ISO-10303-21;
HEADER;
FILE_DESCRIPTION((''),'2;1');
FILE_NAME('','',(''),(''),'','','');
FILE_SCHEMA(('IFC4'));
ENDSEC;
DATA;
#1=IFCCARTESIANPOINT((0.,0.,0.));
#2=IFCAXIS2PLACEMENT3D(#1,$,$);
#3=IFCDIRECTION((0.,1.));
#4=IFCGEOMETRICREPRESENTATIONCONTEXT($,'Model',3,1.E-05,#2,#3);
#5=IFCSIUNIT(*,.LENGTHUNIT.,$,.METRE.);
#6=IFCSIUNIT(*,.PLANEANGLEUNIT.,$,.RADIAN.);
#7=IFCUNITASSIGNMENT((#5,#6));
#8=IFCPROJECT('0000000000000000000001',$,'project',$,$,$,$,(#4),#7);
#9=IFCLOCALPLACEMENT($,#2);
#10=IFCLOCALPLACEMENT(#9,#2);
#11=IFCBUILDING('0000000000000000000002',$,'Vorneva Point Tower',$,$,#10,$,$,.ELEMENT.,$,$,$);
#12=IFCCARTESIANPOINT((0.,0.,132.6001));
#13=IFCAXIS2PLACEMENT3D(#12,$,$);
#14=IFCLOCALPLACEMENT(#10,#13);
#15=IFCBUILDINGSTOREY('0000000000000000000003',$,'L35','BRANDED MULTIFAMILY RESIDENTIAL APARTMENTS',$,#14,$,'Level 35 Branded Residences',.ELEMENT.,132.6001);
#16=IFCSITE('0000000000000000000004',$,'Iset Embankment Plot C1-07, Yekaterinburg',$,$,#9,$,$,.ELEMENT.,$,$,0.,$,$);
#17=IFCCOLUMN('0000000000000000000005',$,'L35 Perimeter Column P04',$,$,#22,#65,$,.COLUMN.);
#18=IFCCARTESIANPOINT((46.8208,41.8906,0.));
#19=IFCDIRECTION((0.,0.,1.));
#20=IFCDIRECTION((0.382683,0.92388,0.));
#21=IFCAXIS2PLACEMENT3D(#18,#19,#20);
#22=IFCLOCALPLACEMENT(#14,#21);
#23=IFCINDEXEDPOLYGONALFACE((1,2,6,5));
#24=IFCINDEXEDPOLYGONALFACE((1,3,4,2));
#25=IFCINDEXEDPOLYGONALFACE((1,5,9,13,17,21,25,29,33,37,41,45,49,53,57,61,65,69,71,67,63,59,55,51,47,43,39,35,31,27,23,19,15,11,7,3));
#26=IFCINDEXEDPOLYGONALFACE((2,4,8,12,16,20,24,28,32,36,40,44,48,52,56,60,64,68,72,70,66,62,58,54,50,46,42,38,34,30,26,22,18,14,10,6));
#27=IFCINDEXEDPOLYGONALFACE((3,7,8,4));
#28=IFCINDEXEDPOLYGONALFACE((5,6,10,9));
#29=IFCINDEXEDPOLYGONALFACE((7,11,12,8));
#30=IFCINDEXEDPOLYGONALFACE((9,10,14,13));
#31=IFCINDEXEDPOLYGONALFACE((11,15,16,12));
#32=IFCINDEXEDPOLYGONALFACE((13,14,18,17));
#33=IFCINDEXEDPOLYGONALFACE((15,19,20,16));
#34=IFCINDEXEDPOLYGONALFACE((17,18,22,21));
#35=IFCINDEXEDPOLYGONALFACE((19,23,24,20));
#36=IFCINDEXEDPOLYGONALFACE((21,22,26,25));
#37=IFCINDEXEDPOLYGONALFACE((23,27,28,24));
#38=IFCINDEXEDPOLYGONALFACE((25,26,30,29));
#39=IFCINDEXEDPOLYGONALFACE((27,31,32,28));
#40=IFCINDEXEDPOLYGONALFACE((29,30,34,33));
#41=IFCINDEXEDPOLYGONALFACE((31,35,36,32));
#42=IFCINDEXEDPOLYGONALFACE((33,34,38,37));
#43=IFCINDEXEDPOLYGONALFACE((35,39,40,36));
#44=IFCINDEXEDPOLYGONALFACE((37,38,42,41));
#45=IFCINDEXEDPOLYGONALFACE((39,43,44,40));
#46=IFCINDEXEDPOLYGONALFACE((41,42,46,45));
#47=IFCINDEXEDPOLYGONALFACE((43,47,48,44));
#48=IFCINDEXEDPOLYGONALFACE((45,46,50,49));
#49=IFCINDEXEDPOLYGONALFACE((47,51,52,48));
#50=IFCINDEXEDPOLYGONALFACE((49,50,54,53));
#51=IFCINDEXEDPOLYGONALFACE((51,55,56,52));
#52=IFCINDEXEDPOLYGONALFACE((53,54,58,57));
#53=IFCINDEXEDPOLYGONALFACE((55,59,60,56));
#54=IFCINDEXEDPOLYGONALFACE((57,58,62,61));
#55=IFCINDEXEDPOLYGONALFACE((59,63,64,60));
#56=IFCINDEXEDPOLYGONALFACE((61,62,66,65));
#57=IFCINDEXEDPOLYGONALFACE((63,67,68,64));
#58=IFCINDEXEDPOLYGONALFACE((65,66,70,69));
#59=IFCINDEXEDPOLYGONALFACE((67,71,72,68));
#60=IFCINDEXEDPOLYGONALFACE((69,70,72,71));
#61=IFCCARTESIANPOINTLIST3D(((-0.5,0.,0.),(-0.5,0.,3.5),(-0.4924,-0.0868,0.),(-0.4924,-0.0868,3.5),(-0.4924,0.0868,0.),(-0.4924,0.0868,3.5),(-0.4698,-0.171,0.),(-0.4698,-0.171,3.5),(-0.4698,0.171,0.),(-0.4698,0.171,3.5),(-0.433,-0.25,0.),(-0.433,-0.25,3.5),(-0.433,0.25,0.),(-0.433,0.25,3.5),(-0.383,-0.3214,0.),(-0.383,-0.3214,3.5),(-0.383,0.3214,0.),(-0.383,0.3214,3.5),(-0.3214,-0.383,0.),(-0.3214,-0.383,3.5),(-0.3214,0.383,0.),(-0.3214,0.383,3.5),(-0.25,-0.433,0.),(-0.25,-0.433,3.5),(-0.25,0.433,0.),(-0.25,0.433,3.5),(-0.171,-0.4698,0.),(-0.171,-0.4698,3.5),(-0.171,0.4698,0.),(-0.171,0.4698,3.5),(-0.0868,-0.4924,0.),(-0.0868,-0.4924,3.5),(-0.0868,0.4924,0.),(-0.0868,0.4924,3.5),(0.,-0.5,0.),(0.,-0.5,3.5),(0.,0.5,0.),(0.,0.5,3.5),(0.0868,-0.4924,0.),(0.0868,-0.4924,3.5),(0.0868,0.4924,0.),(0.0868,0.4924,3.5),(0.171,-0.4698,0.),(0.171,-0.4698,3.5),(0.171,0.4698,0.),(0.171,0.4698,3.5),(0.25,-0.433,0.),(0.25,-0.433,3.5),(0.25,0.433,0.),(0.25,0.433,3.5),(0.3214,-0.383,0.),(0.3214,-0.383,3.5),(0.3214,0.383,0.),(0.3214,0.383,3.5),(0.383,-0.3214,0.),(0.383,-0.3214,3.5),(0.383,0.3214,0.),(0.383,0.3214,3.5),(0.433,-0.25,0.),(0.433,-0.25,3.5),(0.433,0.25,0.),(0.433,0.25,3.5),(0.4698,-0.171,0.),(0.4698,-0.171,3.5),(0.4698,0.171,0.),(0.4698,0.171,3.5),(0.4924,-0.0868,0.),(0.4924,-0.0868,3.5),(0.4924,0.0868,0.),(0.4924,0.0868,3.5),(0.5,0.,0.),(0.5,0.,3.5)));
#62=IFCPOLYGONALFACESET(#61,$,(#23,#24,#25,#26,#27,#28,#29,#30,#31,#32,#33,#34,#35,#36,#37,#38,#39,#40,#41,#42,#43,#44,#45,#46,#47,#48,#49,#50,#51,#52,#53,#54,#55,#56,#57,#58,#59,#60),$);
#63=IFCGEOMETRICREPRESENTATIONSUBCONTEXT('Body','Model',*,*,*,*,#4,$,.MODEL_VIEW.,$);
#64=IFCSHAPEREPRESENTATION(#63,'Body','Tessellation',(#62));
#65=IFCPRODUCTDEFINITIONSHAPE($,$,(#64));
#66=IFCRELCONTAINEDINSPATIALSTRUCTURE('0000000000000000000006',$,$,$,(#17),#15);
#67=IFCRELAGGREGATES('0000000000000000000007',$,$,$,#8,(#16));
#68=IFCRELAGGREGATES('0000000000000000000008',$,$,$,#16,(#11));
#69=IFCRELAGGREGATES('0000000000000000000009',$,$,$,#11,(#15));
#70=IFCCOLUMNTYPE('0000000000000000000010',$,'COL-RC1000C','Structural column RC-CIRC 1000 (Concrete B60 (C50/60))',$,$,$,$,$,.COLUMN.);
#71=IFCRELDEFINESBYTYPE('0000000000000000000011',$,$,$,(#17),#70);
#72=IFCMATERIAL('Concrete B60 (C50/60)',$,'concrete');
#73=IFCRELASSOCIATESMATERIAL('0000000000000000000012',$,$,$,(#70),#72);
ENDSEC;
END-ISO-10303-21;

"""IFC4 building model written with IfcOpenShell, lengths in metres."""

from ifc_helpers import new_model, si_unit, direction, frame, origin, origin_2d, place, context, subcontext, project, spatial, circle, extrude, material, material_profile, profile_set, type_object, element, save


model = new_model("IFC4")

# Units and contexts
model_context = context("Model", 3, precision=1e-05, world=origin(), true_north=direction((0.0, 1.0)))
body_context = subcontext(model_context, "Body", "Model", "MODEL_VIEW")
ifc_project = project(units=[si_unit("LENGTHUNIT", "METRE"), si_unit("PLANEANGLEUNIT", "RADIAN")], contexts=[model_context])

# Site, building, storey
site_placement = place(None, origin())
site = spatial("IfcSite", under=ifc_project, at=site_placement, Name="Iset Embankment Plot C1-07, Yekaterinburg", CompositionType="ELEMENT", RefElevation=0.0)
building_placement = place(site_placement, origin())
building = spatial("IfcBuilding", under=site, at=building_placement, Name="Vorneva Point Tower", CompositionType="ELEMENT")
storey_placement = place(building_placement, frame((0.0, 0.0, 132.6001)))
storey = spatial("IfcBuildingStorey", under=building, at=storey_placement, Name="L35", Description="BRANDED MULTIFAMILY RESIDENTIAL APARTMENTS", LongName="Level 35 Branded Residences", CompositionType="ELEMENT", Elevation=132.6001)

# Column
ifc_material_1 = material(Name="Concrete B60 (C50/60)", Category="concrete")
ifc_material_profile_1 = material_profile(ifc_material_1, circle(Radius=0.5, at=origin_2d()), Name="RC-CIRC 1000")
ifc_profile_set_1 = profile_set([ifc_material_profile_1], Name="Concrete B60 (C50/60)")
column_type = type_object("IfcColumnType", Name="COL-RC1000C", Description="Structural column RC-CIRC 1000 (Concrete B60 (C50/60))", PredefinedType="COLUMN", material=ifc_profile_set_1)
for number, where, z_axis, x_axis, name in (
    (1, (46.8208, 41.8906, 0.0), (0.0, 0.0, 1.0), (0.382683, 0.92388, 0.0), "L35 Perimeter Column P04"),
):
    element("IfcColumn", number, at=place(storey_placement, frame(where, z_axis=z_axis, x_axis=x_axis)), inside=storey, type_object=column_type, Name=name, PredefinedType="COLUMN", context=body_context, shape_type="SweptSolid", body=[
        extrude(circle(Radius=0.5, at=origin_2d()), origin(), (0.0, 0.0, 1.0), 3.5),
    ])

save(model, "model.ifc")
